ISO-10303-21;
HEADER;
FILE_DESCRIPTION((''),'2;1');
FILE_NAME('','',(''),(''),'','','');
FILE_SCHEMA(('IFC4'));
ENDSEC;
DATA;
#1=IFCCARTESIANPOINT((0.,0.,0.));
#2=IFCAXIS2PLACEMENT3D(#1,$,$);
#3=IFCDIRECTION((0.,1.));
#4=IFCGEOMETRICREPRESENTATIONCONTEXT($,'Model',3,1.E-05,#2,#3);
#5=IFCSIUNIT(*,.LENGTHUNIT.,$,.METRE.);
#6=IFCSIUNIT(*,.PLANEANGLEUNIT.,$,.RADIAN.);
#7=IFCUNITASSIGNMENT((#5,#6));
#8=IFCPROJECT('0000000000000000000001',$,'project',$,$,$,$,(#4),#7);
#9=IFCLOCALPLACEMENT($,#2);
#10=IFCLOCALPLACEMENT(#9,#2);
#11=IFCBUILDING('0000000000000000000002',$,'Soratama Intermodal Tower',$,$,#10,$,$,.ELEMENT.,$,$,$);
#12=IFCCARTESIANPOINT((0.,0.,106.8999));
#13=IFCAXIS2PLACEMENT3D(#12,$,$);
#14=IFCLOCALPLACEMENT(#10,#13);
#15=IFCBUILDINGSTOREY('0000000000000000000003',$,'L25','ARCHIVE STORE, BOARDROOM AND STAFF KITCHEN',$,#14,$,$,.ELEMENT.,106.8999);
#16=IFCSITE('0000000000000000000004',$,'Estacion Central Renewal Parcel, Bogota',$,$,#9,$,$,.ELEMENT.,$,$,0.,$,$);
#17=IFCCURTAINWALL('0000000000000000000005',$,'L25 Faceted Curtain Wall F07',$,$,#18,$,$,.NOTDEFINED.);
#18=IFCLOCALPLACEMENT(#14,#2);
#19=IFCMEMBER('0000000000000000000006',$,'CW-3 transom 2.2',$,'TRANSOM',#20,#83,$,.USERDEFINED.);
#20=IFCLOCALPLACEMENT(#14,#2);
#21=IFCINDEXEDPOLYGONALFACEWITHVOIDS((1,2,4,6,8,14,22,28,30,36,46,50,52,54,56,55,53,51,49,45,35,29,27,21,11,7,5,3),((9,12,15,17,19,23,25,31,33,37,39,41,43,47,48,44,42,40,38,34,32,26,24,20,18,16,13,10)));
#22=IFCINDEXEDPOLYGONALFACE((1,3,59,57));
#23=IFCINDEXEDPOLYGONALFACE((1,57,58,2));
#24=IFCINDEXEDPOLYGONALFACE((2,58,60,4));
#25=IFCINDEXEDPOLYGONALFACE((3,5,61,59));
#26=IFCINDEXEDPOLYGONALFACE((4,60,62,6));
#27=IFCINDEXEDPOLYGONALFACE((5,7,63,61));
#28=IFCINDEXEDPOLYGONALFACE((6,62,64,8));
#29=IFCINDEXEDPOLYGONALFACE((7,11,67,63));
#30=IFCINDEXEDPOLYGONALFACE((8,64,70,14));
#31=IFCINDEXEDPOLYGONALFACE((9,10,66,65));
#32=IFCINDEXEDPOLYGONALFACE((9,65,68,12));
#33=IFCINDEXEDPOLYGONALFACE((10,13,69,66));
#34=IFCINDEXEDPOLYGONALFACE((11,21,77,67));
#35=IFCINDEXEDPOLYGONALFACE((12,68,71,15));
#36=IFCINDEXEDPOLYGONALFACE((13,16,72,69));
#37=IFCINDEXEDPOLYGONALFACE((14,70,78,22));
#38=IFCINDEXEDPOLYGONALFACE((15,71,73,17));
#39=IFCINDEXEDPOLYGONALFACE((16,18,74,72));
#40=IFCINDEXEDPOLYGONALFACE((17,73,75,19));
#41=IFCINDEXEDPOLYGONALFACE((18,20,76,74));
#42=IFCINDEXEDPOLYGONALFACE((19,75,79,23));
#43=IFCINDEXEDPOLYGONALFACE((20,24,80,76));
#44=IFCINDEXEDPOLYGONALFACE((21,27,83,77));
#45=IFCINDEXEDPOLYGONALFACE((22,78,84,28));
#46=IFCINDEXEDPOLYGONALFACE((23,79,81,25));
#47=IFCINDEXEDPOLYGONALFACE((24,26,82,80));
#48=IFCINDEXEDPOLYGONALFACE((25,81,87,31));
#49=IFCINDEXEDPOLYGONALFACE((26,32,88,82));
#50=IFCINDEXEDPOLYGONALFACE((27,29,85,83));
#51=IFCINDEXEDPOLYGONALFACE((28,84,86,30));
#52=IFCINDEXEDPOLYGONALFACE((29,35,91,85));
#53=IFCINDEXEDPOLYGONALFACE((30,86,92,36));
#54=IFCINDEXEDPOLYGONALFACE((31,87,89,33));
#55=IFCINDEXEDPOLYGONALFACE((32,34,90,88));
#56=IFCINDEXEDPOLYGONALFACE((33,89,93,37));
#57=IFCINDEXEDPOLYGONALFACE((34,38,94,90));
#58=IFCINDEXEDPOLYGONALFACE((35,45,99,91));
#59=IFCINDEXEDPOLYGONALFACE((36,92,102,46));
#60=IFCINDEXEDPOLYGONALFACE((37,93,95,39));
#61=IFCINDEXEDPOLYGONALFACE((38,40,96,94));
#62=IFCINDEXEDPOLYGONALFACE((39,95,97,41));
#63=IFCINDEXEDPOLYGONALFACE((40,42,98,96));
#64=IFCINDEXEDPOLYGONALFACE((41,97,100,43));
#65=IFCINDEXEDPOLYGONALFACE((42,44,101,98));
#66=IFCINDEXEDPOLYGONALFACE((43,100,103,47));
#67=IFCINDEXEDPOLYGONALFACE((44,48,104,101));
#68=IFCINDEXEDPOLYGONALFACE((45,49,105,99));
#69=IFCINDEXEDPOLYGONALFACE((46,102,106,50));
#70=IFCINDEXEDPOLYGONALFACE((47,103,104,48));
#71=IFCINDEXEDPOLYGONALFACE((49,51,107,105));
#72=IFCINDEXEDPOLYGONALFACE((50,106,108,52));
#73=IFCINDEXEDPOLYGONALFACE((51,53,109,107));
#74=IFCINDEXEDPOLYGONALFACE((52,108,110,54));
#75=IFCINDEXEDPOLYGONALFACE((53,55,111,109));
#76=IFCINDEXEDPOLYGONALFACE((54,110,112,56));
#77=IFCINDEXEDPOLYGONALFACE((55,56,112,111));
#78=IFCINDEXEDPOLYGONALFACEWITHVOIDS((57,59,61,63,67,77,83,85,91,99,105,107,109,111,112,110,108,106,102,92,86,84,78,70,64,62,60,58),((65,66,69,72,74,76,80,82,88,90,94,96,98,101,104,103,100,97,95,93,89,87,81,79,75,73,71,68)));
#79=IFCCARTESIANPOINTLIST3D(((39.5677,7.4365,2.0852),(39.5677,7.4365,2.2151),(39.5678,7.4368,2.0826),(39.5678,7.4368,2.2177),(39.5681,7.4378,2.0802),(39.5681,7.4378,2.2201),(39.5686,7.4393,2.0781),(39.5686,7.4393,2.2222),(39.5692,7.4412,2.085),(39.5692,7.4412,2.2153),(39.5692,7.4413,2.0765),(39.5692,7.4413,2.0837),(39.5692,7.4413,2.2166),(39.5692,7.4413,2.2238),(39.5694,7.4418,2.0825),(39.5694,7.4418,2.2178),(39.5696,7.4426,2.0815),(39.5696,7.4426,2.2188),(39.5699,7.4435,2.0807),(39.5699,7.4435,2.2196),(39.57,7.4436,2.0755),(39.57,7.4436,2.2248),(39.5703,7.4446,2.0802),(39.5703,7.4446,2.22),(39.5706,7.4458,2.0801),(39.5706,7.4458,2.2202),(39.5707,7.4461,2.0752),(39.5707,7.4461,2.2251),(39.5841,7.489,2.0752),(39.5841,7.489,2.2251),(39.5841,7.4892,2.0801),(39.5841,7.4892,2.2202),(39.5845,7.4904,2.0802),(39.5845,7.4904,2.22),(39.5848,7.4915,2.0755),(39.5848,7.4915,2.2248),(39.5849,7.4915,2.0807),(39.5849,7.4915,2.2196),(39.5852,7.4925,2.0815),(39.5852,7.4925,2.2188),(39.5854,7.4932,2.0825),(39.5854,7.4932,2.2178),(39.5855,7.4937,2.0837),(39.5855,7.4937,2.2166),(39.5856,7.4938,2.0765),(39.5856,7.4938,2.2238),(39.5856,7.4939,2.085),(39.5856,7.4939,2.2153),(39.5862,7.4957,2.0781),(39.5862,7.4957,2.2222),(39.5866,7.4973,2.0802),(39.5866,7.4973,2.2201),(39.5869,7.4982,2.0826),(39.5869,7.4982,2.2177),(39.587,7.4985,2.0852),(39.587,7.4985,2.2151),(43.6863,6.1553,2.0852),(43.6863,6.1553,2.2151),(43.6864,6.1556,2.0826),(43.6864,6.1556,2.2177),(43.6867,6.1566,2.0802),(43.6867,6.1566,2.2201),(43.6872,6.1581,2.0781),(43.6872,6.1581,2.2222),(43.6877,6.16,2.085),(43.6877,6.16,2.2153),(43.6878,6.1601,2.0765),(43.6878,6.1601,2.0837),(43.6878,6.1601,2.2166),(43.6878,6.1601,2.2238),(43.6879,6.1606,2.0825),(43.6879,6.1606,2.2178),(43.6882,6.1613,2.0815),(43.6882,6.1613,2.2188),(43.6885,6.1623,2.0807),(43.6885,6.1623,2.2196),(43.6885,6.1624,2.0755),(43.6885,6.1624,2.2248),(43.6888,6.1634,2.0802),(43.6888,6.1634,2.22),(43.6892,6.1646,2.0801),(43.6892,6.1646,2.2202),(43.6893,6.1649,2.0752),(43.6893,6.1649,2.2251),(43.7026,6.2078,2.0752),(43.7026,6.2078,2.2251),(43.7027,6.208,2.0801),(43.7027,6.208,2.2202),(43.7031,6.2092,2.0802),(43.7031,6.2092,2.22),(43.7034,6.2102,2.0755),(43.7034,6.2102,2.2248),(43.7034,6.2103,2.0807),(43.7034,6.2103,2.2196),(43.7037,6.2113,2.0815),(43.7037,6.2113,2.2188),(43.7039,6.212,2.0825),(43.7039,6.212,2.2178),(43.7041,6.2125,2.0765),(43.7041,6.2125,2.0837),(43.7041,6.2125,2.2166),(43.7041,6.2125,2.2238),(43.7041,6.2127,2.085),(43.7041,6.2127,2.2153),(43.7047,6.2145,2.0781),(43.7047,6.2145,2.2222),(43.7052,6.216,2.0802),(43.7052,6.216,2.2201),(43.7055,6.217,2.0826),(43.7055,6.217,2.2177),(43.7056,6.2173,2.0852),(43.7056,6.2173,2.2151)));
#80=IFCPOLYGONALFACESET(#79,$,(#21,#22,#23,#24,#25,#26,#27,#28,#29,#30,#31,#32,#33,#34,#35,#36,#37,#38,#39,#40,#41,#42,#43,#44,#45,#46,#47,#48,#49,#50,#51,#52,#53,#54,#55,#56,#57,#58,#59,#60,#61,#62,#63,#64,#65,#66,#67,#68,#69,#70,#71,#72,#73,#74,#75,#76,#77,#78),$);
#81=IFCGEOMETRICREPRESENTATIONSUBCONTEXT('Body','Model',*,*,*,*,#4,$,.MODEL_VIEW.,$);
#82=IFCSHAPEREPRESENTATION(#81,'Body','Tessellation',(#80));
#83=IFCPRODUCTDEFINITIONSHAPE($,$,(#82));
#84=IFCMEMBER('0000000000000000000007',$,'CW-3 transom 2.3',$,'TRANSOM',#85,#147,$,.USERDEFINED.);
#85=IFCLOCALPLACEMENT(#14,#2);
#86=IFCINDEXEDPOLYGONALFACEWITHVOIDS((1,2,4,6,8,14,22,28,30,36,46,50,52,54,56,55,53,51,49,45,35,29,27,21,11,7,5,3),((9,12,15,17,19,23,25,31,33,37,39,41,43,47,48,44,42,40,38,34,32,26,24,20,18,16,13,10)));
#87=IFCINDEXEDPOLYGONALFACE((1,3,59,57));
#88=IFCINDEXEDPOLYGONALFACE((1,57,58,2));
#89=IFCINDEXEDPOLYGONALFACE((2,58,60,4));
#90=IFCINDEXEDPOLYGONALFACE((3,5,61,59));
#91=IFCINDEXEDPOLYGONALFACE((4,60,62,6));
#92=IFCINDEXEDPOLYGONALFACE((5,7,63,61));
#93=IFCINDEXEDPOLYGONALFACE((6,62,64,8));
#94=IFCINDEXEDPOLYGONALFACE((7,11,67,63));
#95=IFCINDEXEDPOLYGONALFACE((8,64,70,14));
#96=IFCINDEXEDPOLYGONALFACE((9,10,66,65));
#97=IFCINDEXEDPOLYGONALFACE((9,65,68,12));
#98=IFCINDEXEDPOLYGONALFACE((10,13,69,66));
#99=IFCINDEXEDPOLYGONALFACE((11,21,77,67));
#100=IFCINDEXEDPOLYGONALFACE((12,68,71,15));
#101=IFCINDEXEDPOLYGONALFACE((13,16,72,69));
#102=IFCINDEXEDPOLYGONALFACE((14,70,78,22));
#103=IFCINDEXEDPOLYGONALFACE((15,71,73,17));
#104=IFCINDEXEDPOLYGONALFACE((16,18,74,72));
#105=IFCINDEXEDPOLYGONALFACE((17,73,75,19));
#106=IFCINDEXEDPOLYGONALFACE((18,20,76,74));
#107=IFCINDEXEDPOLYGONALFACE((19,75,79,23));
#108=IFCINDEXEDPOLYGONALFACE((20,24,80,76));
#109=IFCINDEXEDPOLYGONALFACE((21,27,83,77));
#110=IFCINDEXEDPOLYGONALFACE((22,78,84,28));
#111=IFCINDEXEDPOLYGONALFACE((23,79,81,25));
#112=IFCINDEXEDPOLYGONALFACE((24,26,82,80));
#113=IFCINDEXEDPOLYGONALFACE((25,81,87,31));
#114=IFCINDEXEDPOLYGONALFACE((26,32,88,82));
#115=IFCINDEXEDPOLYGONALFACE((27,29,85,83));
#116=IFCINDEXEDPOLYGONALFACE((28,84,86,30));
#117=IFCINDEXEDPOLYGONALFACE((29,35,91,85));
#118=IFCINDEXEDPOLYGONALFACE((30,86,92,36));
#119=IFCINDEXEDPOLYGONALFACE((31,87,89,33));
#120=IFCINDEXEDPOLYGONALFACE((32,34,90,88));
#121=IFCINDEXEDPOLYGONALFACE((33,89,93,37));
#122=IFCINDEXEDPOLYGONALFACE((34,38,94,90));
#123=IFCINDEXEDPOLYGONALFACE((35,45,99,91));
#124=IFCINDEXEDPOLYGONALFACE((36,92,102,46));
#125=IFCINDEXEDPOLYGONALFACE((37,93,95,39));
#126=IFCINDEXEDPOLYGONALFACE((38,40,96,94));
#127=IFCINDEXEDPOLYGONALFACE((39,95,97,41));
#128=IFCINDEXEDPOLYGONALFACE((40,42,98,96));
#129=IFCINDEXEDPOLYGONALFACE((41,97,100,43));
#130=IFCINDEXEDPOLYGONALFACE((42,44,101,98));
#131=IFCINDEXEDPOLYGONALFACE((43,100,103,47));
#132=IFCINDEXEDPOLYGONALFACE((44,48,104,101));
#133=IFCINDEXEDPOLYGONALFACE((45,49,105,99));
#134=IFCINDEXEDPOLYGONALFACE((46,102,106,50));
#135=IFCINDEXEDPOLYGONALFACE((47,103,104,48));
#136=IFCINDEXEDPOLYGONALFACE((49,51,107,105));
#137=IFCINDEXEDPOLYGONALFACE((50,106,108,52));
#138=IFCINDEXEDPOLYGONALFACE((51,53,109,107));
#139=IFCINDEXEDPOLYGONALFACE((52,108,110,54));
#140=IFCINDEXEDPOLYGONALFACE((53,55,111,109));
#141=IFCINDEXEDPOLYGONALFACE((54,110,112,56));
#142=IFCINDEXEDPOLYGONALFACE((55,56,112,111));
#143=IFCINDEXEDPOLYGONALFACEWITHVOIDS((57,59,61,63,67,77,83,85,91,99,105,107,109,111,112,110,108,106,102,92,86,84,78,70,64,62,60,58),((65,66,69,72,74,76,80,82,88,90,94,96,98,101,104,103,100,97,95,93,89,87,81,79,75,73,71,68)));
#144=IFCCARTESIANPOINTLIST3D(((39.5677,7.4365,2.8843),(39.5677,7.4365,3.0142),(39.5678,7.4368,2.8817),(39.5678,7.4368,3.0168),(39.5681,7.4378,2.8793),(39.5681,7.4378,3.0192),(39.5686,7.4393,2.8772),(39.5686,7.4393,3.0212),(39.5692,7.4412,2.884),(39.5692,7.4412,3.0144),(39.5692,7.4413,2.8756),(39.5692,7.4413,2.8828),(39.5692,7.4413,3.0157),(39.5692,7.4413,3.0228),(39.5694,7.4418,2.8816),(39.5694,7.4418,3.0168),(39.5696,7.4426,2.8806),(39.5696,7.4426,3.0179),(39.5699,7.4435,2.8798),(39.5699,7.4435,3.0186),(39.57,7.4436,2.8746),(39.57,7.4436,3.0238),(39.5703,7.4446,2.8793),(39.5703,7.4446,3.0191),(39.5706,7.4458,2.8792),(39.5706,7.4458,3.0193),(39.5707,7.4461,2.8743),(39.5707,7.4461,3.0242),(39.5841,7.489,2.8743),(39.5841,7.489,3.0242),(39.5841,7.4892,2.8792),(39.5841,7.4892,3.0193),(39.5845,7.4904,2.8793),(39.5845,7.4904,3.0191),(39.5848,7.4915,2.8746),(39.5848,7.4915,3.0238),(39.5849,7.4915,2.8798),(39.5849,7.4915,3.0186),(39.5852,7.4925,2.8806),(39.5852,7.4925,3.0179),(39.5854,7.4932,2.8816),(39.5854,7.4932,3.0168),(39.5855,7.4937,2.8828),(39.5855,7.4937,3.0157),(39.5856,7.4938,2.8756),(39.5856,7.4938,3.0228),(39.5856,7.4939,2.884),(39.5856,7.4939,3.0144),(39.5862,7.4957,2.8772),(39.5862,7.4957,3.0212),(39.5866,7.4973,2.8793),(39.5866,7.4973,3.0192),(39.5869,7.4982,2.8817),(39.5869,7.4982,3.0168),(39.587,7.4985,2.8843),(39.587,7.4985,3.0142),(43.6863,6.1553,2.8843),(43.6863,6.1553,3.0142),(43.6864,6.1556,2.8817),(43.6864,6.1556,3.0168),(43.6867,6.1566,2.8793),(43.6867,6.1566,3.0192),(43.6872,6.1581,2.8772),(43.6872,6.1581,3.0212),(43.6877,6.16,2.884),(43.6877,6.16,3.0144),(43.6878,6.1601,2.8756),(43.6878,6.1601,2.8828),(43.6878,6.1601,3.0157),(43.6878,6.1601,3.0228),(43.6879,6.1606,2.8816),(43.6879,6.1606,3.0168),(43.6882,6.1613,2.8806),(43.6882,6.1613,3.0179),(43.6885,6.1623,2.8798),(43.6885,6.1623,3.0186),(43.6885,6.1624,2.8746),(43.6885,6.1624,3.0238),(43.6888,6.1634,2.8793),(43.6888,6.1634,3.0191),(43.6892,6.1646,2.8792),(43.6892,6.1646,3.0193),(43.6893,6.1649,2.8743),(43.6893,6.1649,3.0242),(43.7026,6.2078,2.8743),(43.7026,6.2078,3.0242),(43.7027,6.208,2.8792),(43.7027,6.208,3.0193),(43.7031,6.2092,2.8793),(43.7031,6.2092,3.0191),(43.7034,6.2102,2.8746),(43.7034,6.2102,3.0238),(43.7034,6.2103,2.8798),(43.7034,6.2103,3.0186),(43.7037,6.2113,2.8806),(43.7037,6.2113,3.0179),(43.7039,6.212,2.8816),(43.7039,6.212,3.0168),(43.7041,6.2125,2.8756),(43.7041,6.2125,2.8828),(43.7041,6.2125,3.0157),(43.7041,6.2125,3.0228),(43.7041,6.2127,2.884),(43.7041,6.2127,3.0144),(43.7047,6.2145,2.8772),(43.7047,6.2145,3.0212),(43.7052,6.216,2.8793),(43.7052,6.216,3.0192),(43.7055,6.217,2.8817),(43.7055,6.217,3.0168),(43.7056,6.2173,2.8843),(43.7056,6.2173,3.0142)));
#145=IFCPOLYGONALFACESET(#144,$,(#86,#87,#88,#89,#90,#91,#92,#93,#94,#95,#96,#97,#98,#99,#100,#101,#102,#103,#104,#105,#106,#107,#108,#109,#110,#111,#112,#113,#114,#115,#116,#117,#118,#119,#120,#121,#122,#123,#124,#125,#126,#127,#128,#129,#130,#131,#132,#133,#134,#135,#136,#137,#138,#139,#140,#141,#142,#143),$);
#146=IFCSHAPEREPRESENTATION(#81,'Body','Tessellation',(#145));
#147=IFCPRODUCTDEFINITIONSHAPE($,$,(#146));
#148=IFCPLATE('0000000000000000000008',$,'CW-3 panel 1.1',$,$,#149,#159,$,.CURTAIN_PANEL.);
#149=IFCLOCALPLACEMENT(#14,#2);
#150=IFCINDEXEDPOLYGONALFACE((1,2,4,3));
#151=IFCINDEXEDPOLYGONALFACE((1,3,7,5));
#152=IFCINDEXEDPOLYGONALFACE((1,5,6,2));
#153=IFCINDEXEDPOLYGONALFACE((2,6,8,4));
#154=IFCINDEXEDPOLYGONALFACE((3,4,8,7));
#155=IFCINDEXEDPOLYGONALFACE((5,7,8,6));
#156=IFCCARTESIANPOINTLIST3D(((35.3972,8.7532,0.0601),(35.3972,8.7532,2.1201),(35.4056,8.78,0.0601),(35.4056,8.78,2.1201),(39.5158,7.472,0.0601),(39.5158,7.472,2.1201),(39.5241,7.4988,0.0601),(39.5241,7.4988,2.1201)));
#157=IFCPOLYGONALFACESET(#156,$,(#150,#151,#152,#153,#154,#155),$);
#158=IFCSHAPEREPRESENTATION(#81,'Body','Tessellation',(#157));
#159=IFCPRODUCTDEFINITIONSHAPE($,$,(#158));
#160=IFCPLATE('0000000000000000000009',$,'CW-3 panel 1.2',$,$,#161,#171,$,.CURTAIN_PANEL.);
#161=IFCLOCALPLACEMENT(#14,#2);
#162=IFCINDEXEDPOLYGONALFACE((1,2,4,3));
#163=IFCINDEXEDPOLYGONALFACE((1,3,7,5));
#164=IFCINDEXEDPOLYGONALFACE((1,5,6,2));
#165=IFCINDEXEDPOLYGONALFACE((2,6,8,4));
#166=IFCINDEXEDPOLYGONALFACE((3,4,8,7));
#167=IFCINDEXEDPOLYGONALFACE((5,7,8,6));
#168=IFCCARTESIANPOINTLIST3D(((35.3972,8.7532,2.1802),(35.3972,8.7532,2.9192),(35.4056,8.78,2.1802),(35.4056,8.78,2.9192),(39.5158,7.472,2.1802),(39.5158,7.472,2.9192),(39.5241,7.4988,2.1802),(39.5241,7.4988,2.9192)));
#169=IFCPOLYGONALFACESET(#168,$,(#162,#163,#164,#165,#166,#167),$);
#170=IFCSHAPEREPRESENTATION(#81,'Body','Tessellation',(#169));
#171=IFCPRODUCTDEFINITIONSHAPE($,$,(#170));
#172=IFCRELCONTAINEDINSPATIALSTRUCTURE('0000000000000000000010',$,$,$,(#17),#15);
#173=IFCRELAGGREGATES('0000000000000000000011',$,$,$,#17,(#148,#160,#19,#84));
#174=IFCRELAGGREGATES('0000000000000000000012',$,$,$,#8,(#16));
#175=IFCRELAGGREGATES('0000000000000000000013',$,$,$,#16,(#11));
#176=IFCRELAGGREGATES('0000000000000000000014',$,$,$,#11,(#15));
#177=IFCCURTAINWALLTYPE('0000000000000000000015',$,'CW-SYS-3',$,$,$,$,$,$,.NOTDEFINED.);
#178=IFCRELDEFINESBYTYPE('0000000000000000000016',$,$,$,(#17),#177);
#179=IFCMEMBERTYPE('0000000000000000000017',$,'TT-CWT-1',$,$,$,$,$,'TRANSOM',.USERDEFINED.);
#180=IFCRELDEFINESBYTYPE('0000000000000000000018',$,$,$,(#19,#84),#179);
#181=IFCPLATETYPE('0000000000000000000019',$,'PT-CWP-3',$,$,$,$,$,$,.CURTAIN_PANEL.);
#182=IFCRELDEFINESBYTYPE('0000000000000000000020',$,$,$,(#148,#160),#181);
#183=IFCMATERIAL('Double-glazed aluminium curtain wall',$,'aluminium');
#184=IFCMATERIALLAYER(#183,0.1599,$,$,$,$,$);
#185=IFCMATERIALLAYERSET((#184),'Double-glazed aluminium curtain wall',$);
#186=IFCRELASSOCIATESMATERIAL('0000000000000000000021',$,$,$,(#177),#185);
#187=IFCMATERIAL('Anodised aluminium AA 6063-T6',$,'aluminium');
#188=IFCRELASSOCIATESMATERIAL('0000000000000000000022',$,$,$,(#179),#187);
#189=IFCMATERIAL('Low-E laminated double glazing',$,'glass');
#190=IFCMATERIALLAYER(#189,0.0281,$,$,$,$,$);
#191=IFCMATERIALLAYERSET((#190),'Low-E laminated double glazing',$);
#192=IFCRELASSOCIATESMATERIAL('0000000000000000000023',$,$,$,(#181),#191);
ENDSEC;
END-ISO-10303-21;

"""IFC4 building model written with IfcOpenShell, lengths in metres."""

from ifc_helpers import new_model, si_unit, direction, frame, origin, origin_2d, place, context, subcontext, project, spatial, rectangle, hollow_rectangle, extrude, material, layer, layer_set, material_profile, profile_set, type_object, element, aggregate, save


model = new_model("IFC4")

# Units and contexts
model_context = context("Model", 3, precision=1e-05, world=origin(), true_north=direction((0.0, 1.0)))
body_context = subcontext(model_context, "Body", "Model", "MODEL_VIEW")
ifc_project = project(units=[si_unit("LENGTHUNIT", "METRE"), si_unit("PLANEANGLEUNIT", "RADIAN")], contexts=[model_context])

# Site, building, storey
site_placement = place(None, origin())
site = spatial("IfcSite", under=ifc_project, at=site_placement, Name="Estacion Central Renewal Parcel, Bogota", CompositionType="ELEMENT", RefElevation=0.0)
building_placement = place(site_placement, origin())
building = spatial("IfcBuilding", under=site, at=building_placement, Name="Soratama Intermodal Tower", CompositionType="ELEMENT")
storey_placement = place(building_placement, frame((0.0, 0.0, 106.8999)))
storey = spatial("IfcBuildingStorey", under=building, at=storey_placement, Name="L25", Description="ARCHIVE STORE, BOARDROOM AND STAFF KITCHEN", CompositionType="ELEMENT", Elevation=106.8999)

# Curtain wall, members, plates
ifc_material_1 = material(Name="Double-glazed aluminium curtain wall", Category="aluminium")
ifc_layer_1 = layer(ifc_material_1, 0.1599)
ifc_layer_set_1 = layer_set([ifc_layer_1], Name="Double-glazed aluminium curtain wall")
curtain_wall_type = type_object("IfcCurtainWallType", Name="CW-SYS-3", PredefinedType="NOTDEFINED", material=ifc_layer_set_1)
curtain_wall_placement = place(storey_placement, origin())
curtain_wall = element("IfcCurtainWall", 1, at=curtain_wall_placement, inside=storey, type_object=curtain_wall_type, Name="L25 Faceted Curtain Wall F07", PredefinedType="NOTDEFINED")
ifc_material_2 = material(Name="Anodised aluminium AA 6063-T6", Category="aluminium")
ifc_material_profile_1 = material_profile(ifc_material_2, hollow_rectangle(XDim=0.0649, YDim=0.1499, WallThickness=0.0049, InnerFilletRadius=0.0049, OuterFilletRadius=0.01, at=origin_2d()), Name="CWT150X65X5")
ifc_profile_set_1 = profile_set([ifc_material_profile_1], Name="Anodised aluminium AA 6063-T6")
member_type_1 = type_object("IfcMemberType", Name="TT-CWT-1", ElementType="TRANSOM", PredefinedType="USERDEFINED", material=ifc_profile_set_1)
member_1_placement = place(storey_placement, frame((39.5774, 7.4675, 2.1501), z_axis=(0.954864, -0.297044, 0.0), x_axis=(0.297044, 0.954864, 0.0)))
member_1 = element("IfcMember", 2, at=member_1_placement, type_object=member_type_1, Name="CW-3 transom 2.2", ObjectType="TRANSOM", PredefinedType="USERDEFINED", context=body_context, shape_type="SweptSolid", body=[
    extrude(hollow_rectangle(XDim=0.0649, YDim=0.1499, WallThickness=0.0049, InnerFilletRadius=0.0049, OuterFilletRadius=0.01, at=origin_2d()), origin(), (0.0, 0.0, 1.0), 4.3132),
])
member_2_placement = place(storey_placement, frame((39.5774, 7.4675, 2.9492), z_axis=(0.954864, -0.297044, 0.0), x_axis=(0.297044, 0.954864, 0.0)))
member_2 = element("IfcMember", 3, at=member_2_placement, type_object=member_type_1, Name="CW-3 transom 2.3", ObjectType="TRANSOM", PredefinedType="USERDEFINED", context=body_context, shape_type="SweptSolid", body=[
    extrude(hollow_rectangle(XDim=0.0649, YDim=0.1499, WallThickness=0.0049, InnerFilletRadius=0.0049, OuterFilletRadius=0.01, at=origin_2d()), origin(), (0.0, 0.0, 1.0), 4.3132),
])
ifc_material_3 = material(Name="Low-E laminated double glazing", Category="glass")
ifc_layer_2 = layer(ifc_material_3, 0.0281)
ifc_layer_set_2 = layer_set([ifc_layer_2], Name="Low-E laminated double glazing")
plate_type = type_object("IfcPlateType", Name="PT-CWP-3", PredefinedType="CURTAIN_PANEL", material=ifc_layer_set_2)
plate_1_placement = place(storey_placement, frame((37.4607, 8.126, 0.0601), z_axis=(0.0, 0.0, 1.0), x_axis=(0.954865, -0.297039, 0.0)))
plate_1 = element("IfcPlate", 4, at=plate_1_placement, type_object=plate_type, Name="CW-3 panel 1.1", PredefinedType="CURTAIN_PANEL", context=body_context, shape_type="SweptSolid", body=[
    extrude(rectangle(XDim=4.3132, YDim=0.0281, at=origin_2d()), origin(), (0.0, 0.0, 1.0), 2.0601),
])
plate_2_placement = place(storey_placement, frame((37.4607, 8.126, 2.1802), z_axis=(0.0, 0.0, 1.0), x_axis=(0.954865, -0.297039, 0.0)))
plate_2 = element("IfcPlate", 5, at=plate_2_placement, type_object=plate_type, Name="CW-3 panel 1.2", PredefinedType="CURTAIN_PANEL", context=body_context, shape_type="SweptSolid", body=[
    extrude(rectangle(XDim=4.3132, YDim=0.0281, at=origin_2d()), origin(), (0.0, 0.0, 1.0), 0.739),
])
aggregate(curtain_wall, [plate_1, plate_2, member_1, member_2])

save(model, "model.ifc")
